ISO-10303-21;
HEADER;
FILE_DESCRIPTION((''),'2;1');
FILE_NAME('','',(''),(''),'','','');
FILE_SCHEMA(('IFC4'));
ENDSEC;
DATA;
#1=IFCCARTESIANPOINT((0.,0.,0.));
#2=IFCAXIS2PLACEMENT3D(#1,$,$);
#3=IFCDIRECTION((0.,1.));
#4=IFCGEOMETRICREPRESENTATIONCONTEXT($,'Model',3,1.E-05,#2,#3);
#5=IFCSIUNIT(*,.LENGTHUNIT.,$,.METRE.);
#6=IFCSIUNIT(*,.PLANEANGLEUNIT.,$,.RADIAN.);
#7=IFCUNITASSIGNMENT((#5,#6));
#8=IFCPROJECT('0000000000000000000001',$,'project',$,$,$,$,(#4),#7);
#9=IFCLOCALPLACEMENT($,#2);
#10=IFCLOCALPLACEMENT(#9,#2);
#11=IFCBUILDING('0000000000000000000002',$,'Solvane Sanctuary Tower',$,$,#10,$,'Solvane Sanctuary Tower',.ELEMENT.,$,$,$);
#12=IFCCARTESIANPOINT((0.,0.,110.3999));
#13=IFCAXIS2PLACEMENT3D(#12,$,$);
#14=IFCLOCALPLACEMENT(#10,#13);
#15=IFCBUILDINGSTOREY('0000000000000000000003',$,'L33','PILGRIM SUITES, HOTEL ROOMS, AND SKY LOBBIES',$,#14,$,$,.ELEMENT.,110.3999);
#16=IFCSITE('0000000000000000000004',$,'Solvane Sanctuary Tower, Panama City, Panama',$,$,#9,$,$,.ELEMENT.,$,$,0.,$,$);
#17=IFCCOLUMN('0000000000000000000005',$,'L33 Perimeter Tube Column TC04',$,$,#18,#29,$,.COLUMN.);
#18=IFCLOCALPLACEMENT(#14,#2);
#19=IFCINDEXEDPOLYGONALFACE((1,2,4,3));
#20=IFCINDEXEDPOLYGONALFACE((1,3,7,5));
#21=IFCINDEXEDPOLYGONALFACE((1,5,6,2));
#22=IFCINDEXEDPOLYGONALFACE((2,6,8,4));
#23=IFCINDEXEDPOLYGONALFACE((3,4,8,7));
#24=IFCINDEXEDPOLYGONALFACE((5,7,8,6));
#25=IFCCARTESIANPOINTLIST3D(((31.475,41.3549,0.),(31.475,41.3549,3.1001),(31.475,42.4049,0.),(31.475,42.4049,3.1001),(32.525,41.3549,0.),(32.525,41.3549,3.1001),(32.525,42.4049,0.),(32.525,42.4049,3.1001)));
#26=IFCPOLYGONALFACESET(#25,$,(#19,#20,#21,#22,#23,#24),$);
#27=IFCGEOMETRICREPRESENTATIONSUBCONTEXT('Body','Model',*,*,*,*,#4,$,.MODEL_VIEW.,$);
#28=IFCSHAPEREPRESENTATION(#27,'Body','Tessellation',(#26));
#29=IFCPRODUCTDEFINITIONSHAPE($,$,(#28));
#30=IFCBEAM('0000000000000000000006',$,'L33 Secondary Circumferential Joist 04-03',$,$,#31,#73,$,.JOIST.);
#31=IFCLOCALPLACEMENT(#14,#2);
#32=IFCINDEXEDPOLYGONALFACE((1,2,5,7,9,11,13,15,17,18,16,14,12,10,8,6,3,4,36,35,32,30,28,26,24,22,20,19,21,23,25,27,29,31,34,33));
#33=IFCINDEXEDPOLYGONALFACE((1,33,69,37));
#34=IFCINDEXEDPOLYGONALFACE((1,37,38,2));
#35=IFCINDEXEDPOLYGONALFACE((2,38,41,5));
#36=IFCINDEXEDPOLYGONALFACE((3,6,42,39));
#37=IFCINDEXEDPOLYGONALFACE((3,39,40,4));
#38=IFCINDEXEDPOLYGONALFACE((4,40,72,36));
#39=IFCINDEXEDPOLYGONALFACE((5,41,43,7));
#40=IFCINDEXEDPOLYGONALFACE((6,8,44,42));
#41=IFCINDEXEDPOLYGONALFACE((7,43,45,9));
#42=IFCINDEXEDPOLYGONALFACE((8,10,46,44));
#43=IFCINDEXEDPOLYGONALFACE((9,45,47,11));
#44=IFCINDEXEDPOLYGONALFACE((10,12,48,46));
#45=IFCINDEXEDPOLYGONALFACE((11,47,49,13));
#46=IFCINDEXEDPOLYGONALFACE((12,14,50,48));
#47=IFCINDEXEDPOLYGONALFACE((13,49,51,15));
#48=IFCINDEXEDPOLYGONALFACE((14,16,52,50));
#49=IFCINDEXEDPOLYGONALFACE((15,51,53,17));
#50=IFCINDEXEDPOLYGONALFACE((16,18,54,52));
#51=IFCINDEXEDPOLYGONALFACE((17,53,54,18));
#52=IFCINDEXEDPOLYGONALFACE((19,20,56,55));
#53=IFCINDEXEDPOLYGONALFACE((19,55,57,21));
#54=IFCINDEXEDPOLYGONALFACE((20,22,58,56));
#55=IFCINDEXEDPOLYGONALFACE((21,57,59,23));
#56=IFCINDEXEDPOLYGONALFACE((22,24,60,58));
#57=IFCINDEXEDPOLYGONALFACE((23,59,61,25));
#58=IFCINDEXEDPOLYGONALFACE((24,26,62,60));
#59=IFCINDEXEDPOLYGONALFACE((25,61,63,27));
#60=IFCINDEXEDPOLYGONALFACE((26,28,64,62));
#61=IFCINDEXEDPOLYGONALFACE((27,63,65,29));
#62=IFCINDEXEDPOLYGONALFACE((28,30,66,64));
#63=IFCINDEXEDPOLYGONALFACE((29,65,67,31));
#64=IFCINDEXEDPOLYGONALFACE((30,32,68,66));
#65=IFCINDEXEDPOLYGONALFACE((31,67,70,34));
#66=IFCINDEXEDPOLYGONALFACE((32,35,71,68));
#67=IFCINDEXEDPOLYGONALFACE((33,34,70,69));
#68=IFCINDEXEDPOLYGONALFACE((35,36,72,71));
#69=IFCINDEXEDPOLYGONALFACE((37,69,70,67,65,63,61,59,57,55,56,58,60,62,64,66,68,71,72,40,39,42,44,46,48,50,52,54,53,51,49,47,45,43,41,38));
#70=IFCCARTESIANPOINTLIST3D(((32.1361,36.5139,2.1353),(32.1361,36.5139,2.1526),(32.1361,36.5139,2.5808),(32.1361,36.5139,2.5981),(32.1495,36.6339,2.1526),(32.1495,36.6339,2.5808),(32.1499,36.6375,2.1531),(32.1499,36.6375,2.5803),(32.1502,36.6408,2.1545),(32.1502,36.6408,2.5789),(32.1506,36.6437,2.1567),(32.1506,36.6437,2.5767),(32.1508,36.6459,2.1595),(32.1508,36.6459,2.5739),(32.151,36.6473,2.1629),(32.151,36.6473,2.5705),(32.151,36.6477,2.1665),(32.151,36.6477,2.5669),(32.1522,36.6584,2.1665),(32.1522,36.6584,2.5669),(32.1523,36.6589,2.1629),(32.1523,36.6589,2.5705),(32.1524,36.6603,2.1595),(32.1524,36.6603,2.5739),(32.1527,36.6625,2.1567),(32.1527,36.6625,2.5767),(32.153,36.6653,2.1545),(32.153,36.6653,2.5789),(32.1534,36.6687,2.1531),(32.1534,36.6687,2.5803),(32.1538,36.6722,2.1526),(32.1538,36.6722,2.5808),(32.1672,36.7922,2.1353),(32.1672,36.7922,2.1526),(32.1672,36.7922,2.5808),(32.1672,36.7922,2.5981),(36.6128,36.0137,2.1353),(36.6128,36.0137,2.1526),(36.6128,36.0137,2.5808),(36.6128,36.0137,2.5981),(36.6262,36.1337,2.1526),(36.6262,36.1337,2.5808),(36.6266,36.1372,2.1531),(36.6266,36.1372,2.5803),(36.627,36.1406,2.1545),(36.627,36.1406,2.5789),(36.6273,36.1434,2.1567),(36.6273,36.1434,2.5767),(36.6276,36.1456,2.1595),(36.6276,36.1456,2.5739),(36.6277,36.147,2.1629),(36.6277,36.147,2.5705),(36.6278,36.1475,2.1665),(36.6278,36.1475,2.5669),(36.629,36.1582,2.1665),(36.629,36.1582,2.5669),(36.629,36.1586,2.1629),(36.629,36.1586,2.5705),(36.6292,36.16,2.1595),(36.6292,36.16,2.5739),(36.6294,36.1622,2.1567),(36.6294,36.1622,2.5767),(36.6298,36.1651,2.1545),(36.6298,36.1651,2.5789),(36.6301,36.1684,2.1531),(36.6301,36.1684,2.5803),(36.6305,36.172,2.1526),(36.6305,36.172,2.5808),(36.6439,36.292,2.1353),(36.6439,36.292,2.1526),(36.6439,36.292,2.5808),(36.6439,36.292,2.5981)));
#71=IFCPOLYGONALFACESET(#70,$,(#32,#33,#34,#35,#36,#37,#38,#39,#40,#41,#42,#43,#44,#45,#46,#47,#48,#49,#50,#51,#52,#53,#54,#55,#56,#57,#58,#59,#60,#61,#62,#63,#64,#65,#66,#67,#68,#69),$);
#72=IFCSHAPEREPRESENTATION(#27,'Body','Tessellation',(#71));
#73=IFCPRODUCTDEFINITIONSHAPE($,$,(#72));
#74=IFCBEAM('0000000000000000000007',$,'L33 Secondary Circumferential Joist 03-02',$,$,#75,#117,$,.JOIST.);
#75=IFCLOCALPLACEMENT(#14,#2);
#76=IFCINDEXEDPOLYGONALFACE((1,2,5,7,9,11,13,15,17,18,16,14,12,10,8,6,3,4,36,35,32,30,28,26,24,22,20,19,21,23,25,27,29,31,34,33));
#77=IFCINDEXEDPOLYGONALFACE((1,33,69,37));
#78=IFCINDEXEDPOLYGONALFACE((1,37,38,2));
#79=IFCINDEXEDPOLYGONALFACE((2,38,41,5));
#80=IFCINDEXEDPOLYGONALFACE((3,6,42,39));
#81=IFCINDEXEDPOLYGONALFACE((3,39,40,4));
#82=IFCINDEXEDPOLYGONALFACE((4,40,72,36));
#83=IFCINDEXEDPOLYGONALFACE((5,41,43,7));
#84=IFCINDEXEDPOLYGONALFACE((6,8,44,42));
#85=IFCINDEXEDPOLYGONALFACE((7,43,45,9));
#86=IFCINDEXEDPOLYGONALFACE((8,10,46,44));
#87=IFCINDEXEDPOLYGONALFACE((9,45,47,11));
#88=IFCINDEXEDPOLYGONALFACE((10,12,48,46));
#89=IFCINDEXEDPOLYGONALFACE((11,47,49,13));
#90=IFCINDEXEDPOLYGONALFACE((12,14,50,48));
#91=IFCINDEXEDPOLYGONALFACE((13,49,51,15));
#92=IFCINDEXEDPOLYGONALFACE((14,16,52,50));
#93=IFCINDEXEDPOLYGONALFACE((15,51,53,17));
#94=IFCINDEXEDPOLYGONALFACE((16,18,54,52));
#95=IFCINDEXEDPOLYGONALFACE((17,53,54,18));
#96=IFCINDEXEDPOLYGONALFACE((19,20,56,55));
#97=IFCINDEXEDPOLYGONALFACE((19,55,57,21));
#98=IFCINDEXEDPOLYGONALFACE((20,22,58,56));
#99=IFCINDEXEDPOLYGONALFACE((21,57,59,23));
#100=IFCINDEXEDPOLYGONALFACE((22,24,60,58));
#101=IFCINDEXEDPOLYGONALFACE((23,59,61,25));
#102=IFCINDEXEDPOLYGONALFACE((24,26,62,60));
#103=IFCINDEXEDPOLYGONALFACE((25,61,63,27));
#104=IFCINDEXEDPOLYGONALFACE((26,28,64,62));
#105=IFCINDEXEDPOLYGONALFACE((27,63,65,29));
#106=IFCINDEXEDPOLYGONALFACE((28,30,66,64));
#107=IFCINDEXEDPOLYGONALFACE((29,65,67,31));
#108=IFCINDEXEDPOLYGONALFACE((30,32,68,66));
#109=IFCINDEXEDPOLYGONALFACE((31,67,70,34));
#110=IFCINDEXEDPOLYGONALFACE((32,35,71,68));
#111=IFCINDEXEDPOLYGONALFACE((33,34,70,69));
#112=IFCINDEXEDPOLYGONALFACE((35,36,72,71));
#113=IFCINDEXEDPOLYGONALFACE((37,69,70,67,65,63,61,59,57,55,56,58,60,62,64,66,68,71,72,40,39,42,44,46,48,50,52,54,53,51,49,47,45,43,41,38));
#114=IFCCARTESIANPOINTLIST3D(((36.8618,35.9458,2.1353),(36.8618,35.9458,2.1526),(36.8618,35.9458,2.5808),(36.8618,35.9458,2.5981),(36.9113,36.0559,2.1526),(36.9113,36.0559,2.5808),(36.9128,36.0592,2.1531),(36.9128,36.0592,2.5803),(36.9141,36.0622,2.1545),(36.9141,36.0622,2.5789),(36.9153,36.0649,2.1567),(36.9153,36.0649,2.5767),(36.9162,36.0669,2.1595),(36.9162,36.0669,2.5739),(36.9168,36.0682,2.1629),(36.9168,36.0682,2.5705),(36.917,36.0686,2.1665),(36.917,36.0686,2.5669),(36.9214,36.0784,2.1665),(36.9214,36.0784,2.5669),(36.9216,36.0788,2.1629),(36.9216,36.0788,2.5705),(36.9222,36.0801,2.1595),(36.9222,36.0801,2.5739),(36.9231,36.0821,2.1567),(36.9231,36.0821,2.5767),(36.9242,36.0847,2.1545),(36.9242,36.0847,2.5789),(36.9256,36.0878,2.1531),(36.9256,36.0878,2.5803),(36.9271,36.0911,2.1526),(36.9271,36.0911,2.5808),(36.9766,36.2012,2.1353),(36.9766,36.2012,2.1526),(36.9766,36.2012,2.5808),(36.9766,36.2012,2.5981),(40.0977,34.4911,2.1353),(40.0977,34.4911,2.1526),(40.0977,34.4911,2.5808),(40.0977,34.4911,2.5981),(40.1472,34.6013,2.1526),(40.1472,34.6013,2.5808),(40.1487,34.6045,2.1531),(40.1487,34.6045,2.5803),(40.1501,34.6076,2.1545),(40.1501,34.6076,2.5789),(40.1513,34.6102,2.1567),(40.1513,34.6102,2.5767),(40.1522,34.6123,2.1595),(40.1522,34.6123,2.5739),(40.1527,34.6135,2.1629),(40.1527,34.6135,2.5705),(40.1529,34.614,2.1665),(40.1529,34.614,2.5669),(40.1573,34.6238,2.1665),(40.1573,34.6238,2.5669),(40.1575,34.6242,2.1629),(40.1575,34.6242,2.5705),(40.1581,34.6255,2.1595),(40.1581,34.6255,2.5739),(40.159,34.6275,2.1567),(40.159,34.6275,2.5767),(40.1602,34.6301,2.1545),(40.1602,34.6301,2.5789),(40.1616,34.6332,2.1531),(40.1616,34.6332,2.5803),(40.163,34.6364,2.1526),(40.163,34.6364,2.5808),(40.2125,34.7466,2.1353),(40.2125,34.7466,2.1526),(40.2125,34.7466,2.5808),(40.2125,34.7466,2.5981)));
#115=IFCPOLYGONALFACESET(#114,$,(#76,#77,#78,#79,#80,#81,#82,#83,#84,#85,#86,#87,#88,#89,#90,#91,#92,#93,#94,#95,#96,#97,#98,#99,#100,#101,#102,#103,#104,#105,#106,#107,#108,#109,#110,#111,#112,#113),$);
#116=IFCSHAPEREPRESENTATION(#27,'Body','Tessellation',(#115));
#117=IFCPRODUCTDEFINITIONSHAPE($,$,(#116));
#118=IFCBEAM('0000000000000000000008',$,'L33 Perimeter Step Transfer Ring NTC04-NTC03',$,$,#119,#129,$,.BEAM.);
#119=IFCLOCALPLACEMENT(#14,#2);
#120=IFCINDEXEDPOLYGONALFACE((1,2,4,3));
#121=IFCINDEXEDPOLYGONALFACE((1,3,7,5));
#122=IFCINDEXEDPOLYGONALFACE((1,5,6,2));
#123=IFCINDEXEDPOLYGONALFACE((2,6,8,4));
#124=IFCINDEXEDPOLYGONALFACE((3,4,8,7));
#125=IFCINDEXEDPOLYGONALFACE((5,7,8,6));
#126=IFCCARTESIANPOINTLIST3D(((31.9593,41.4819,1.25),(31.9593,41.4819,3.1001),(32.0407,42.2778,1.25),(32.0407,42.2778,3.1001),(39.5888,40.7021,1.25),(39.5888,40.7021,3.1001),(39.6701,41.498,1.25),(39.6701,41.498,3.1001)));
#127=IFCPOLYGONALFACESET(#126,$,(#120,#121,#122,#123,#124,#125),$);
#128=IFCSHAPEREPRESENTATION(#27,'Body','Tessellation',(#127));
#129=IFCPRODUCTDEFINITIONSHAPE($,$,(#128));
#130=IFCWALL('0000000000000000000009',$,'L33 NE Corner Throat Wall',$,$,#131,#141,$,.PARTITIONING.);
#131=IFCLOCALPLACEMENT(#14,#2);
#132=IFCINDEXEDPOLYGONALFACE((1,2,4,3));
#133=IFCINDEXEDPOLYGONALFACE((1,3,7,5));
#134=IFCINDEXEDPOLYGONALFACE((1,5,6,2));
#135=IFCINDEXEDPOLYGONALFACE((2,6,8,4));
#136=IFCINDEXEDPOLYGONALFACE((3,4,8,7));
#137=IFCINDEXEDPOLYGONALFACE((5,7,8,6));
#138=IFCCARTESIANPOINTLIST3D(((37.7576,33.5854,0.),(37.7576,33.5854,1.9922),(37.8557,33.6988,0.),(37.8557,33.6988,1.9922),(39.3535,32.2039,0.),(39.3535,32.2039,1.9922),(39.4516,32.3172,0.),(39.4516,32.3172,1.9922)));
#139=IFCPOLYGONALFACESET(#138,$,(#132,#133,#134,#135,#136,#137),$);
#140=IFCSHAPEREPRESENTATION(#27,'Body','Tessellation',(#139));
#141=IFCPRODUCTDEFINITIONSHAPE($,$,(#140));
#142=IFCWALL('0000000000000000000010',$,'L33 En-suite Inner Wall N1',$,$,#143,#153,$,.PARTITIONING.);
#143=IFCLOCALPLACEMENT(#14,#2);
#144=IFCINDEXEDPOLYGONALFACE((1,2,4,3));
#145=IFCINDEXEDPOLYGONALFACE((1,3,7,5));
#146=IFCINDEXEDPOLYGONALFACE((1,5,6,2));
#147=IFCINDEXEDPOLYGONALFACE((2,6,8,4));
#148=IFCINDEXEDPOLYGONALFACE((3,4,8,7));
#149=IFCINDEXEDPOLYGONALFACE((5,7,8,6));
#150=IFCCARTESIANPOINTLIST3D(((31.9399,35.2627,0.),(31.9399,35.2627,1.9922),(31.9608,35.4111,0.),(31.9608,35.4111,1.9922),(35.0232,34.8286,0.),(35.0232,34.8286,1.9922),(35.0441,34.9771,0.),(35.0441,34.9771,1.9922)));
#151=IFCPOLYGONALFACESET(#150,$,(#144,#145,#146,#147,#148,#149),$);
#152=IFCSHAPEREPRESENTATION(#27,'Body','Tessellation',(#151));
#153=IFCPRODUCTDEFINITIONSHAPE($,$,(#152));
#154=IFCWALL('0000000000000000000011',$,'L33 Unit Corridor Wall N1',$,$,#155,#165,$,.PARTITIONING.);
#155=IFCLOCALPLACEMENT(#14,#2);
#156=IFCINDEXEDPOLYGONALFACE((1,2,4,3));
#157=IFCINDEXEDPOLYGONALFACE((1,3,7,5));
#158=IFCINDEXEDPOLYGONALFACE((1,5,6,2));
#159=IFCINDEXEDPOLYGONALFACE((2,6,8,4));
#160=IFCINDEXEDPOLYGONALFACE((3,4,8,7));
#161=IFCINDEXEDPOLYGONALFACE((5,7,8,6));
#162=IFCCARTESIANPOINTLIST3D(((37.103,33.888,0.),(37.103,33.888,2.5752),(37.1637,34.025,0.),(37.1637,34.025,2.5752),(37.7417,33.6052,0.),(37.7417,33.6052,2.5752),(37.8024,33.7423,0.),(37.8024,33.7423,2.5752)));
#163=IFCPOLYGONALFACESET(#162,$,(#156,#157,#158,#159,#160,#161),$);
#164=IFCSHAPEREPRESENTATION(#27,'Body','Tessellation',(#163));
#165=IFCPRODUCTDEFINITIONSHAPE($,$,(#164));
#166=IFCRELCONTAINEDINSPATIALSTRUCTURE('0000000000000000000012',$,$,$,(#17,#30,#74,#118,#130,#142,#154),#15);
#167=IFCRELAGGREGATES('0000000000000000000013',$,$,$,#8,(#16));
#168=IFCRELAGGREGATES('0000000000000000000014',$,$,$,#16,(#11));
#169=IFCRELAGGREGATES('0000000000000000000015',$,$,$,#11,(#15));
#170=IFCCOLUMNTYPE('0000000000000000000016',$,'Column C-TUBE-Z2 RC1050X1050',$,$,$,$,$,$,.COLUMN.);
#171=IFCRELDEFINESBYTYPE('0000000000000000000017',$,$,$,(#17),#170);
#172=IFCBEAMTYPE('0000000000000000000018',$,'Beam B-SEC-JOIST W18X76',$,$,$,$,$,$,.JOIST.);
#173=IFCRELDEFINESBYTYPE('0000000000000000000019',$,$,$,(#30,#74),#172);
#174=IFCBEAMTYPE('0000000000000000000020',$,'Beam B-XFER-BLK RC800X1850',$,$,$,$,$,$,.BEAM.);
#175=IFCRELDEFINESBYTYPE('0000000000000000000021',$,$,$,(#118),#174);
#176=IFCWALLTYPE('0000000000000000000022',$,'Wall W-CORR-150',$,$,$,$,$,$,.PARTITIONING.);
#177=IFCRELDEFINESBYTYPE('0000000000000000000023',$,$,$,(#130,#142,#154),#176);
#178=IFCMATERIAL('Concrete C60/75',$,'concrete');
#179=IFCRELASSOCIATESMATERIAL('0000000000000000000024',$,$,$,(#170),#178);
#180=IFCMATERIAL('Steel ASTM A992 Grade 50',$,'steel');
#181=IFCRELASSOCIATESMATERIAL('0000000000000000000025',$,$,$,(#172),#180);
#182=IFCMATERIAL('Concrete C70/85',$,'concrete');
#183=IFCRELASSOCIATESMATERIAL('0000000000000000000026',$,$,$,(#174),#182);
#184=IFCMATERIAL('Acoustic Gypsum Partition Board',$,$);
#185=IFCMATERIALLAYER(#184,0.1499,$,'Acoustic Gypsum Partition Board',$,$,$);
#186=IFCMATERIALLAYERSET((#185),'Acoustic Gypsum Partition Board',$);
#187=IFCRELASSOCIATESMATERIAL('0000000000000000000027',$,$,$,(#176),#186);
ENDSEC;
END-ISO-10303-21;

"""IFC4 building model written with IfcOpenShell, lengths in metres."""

from ifc_helpers import new_model, si_unit, direction, frame, frame_2d, origin, origin_2d, place, context, subcontext, project, spatial, rectangle, i_section, extrude, material, layer, layer_set, material_profile, profile_set, type_object, element, save


model = new_model("IFC4")

# Units and contexts
model_context = context("Model", 3, precision=1e-05, world=origin(), true_north=direction((0.0, 1.0)))
body_context = subcontext(model_context, "Body", "Model", "MODEL_VIEW")
ifc_project = project(units=[si_unit("LENGTHUNIT", "METRE"), si_unit("PLANEANGLEUNIT", "RADIAN")], contexts=[model_context])

# Site, building, storey
site_placement = place(None, origin())
site = spatial("IfcSite", under=ifc_project, at=site_placement, Name="Solvane Sanctuary Tower, Panama City, Panama", CompositionType="ELEMENT", RefElevation=0.0)
building_placement = place(site_placement, origin())
building = spatial("IfcBuilding", under=site, at=building_placement, Name="Solvane Sanctuary Tower", LongName="Solvane Sanctuary Tower", CompositionType="ELEMENT")
storey_placement = place(building_placement, frame((0.0, 0.0, 110.3999)))
storey = spatial("IfcBuildingStorey", under=building, at=storey_placement, Name="L33", Description="PILGRIM SUITES, HOTEL ROOMS, AND SKY LOBBIES", CompositionType="ELEMENT", Elevation=110.3999)

# Column
ifc_material_1 = material(Name="Concrete C60/75", Category="concrete")
ifc_material_profile_1 = material_profile(ifc_material_1, rectangle(XDim=1.05, YDim=1.05, at=origin_2d()), Name="RC1050X1050")
ifc_profile_set_1 = profile_set([ifc_material_profile_1], Name="Concrete C60/75")
column_type = type_object("IfcColumnType", Name="Column C-TUBE-Z2 RC1050X1050", PredefinedType="COLUMN", material=ifc_profile_set_1)
column_placement = place(storey_placement, frame((32.0, 41.8799, 0.0), z_axis=(0.0, 0.0, 1.0), x_axis=(0.0, 1.0, 0.0)))
element("IfcColumn", 1, at=column_placement, inside=storey, type_object=column_type, Name="L33 Perimeter Tube Column TC04", PredefinedType="COLUMN", context=body_context, shape_type="SweptSolid", body=[
    extrude(rectangle(XDim=1.05, YDim=1.05, at=origin_2d()), origin(), (0.0, 0.0, 1.0), 3.1001),
])

# Beams
ifc_material_2 = material(Name="Steel ASTM A992 Grade 50", Category="steel")
ifc_material_profile_2 = material_profile(ifc_material_2, i_section(OverallWidth=0.28, OverallDepth=0.4629, WebThickness=0.0107, FlangeThickness=0.0173, FilletRadius=0.0139, at=origin_2d()), Name="W18X76")
ifc_profile_set_2 = profile_set([ifc_material_profile_2], Name="Steel ASTM A992 Grade 50")
beam_type_1 = type_object("IfcBeamType", Name="Beam B-SEC-JOIST W18X76", PredefinedType="JOIST", material=ifc_profile_set_2)
beam_1_placement = place(storey_placement, frame((32.1516, 36.6531, 2.3667), z_axis=(0.993815, -0.11105, 0.0), x_axis=(0.11105, 0.993815, 0.0)))
element("IfcBeam", 2, at=beam_1_placement, inside=storey, type_object=beam_type_1, Name="L33 Secondary Circumferential Joist 04-03", PredefinedType="JOIST", context=body_context, shape_type="SweptSolid", body=[
    extrude(i_section(OverallWidth=0.28, OverallDepth=0.4629, WebThickness=0.0107, FlangeThickness=0.0173, FilletRadius=0.0139, at=origin_2d()), origin(), (0.0, 0.0, 1.0), 4.5046),
])
beam_2_placement = place(storey_placement, frame((36.9192, 36.0735, 2.3667), z_axis=(0.912084, -0.410004, 0.0), x_axis=(0.410004, 0.912084, 0.0)))
element("IfcBeam", 3, at=beam_2_placement, inside=storey, type_object=beam_type_1, Name="L33 Secondary Circumferential Joist 03-02", PredefinedType="JOIST", context=body_context, shape_type="SweptSolid", body=[
    extrude(i_section(OverallWidth=0.28, OverallDepth=0.4629, WebThickness=0.0107, FlangeThickness=0.0173, FilletRadius=0.0139, at=origin_2d()), origin(), (0.0, 0.0, 1.0), 3.5479),
])
ifc_material_3 = material(Name="Concrete C70/85", Category="concrete")
ifc_material_profile_3 = material_profile(ifc_material_3, rectangle(XDim=0.8, YDim=1.8501, at=origin_2d()), Name="RC800X1850")
ifc_profile_set_3 = profile_set([ifc_material_profile_3], Name="Concrete C70/85")
beam_type_2 = type_object("IfcBeamType", Name="Beam B-XFER-BLK RC800X1850", PredefinedType="BEAM", material=ifc_profile_set_3)
beam_3_placement = place(storey_placement, frame((32.0, 41.8799, 2.175), z_axis=(0.994817, -0.101678, 0.0), x_axis=(0.101678, 0.994817, 0.0)))
element("IfcBeam", 4, at=beam_3_placement, inside=storey, type_object=beam_type_2, Name="L33 Perimeter Step Transfer Ring NTC04-NTC03", PredefinedType="BEAM", context=body_context, shape_type="SweptSolid", body=[
    extrude(rectangle(XDim=0.8, YDim=1.8501, at=origin_2d()), origin(), (0.0, 0.0, 1.0), 7.6692),
])

# Walls
ifc_material_4 = material(Name="Acoustic Gypsum Partition Board")
ifc_layer_1 = layer(ifc_material_4, 0.1499, Name="Acoustic Gypsum Partition Board")
ifc_layer_set_1 = layer_set([ifc_layer_1], Name="Acoustic Gypsum Partition Board")
wall_type_1 = type_object("IfcWallType", Name="Wall W-CORR-150", PredefinedType="PARTITIONING", material=ifc_layer_set_1)
wall_1_placement = place(storey_placement, frame((37.8066, 33.6421, 0.0), z_axis=(0.0, 0.0, 1.0), x_axis=(0.756055, -0.654508, 0.0)))
element("IfcWall", 5, at=wall_1_placement, inside=storey, type_object=wall_type_1, Name="L33 NE Corner Throat Wall", PredefinedType="PARTITIONING", context=body_context, shape_type="SweptSolid", body=[
    extrude(rectangle(XDim=2.1108, YDim=0.1499, at=frame_2d((1.0554, 0.0))), origin(), (0.0, 0.0, 1.0), 1.9922),
])
wall_2_placement = place(storey_placement, frame((35.0337, 34.9028, 0.0), z_axis=(0.0, 0.0, 1.0), x_axis=(-0.990234, 0.139412, 0.0)))
element("IfcWall", 6, at=wall_2_placement, inside=storey, type_object=wall_type_1, Name="L33 En-suite Inner Wall N1", PredefinedType="PARTITIONING", context=body_context, shape_type="SweptSolid", body=[
    extrude(rectangle(XDim=3.1138, YDim=0.1499, at=frame_2d((1.5569, 0.0))), origin(), (0.0, 0.0, 1.0), 1.9922),
])
wall_3_placement = place(storey_placement, frame((37.772, 33.6738, 0.0), z_axis=(0.0, 0.0, 1.0), x_axis=(-0.914416, 0.404776, 0.0)))
element("IfcWall", 7, at=wall_3_placement, inside=storey, type_object=wall_type_1, Name="L33 Unit Corridor Wall N1", PredefinedType="PARTITIONING", context=body_context, shape_type="SweptSolid", body=[
    extrude(rectangle(XDim=0.6985, YDim=0.1499, at=frame_2d((0.3491, 0.0))), origin(), (0.0, 0.0, 1.0), 2.5752),
])

save(model, "model.ifc")
